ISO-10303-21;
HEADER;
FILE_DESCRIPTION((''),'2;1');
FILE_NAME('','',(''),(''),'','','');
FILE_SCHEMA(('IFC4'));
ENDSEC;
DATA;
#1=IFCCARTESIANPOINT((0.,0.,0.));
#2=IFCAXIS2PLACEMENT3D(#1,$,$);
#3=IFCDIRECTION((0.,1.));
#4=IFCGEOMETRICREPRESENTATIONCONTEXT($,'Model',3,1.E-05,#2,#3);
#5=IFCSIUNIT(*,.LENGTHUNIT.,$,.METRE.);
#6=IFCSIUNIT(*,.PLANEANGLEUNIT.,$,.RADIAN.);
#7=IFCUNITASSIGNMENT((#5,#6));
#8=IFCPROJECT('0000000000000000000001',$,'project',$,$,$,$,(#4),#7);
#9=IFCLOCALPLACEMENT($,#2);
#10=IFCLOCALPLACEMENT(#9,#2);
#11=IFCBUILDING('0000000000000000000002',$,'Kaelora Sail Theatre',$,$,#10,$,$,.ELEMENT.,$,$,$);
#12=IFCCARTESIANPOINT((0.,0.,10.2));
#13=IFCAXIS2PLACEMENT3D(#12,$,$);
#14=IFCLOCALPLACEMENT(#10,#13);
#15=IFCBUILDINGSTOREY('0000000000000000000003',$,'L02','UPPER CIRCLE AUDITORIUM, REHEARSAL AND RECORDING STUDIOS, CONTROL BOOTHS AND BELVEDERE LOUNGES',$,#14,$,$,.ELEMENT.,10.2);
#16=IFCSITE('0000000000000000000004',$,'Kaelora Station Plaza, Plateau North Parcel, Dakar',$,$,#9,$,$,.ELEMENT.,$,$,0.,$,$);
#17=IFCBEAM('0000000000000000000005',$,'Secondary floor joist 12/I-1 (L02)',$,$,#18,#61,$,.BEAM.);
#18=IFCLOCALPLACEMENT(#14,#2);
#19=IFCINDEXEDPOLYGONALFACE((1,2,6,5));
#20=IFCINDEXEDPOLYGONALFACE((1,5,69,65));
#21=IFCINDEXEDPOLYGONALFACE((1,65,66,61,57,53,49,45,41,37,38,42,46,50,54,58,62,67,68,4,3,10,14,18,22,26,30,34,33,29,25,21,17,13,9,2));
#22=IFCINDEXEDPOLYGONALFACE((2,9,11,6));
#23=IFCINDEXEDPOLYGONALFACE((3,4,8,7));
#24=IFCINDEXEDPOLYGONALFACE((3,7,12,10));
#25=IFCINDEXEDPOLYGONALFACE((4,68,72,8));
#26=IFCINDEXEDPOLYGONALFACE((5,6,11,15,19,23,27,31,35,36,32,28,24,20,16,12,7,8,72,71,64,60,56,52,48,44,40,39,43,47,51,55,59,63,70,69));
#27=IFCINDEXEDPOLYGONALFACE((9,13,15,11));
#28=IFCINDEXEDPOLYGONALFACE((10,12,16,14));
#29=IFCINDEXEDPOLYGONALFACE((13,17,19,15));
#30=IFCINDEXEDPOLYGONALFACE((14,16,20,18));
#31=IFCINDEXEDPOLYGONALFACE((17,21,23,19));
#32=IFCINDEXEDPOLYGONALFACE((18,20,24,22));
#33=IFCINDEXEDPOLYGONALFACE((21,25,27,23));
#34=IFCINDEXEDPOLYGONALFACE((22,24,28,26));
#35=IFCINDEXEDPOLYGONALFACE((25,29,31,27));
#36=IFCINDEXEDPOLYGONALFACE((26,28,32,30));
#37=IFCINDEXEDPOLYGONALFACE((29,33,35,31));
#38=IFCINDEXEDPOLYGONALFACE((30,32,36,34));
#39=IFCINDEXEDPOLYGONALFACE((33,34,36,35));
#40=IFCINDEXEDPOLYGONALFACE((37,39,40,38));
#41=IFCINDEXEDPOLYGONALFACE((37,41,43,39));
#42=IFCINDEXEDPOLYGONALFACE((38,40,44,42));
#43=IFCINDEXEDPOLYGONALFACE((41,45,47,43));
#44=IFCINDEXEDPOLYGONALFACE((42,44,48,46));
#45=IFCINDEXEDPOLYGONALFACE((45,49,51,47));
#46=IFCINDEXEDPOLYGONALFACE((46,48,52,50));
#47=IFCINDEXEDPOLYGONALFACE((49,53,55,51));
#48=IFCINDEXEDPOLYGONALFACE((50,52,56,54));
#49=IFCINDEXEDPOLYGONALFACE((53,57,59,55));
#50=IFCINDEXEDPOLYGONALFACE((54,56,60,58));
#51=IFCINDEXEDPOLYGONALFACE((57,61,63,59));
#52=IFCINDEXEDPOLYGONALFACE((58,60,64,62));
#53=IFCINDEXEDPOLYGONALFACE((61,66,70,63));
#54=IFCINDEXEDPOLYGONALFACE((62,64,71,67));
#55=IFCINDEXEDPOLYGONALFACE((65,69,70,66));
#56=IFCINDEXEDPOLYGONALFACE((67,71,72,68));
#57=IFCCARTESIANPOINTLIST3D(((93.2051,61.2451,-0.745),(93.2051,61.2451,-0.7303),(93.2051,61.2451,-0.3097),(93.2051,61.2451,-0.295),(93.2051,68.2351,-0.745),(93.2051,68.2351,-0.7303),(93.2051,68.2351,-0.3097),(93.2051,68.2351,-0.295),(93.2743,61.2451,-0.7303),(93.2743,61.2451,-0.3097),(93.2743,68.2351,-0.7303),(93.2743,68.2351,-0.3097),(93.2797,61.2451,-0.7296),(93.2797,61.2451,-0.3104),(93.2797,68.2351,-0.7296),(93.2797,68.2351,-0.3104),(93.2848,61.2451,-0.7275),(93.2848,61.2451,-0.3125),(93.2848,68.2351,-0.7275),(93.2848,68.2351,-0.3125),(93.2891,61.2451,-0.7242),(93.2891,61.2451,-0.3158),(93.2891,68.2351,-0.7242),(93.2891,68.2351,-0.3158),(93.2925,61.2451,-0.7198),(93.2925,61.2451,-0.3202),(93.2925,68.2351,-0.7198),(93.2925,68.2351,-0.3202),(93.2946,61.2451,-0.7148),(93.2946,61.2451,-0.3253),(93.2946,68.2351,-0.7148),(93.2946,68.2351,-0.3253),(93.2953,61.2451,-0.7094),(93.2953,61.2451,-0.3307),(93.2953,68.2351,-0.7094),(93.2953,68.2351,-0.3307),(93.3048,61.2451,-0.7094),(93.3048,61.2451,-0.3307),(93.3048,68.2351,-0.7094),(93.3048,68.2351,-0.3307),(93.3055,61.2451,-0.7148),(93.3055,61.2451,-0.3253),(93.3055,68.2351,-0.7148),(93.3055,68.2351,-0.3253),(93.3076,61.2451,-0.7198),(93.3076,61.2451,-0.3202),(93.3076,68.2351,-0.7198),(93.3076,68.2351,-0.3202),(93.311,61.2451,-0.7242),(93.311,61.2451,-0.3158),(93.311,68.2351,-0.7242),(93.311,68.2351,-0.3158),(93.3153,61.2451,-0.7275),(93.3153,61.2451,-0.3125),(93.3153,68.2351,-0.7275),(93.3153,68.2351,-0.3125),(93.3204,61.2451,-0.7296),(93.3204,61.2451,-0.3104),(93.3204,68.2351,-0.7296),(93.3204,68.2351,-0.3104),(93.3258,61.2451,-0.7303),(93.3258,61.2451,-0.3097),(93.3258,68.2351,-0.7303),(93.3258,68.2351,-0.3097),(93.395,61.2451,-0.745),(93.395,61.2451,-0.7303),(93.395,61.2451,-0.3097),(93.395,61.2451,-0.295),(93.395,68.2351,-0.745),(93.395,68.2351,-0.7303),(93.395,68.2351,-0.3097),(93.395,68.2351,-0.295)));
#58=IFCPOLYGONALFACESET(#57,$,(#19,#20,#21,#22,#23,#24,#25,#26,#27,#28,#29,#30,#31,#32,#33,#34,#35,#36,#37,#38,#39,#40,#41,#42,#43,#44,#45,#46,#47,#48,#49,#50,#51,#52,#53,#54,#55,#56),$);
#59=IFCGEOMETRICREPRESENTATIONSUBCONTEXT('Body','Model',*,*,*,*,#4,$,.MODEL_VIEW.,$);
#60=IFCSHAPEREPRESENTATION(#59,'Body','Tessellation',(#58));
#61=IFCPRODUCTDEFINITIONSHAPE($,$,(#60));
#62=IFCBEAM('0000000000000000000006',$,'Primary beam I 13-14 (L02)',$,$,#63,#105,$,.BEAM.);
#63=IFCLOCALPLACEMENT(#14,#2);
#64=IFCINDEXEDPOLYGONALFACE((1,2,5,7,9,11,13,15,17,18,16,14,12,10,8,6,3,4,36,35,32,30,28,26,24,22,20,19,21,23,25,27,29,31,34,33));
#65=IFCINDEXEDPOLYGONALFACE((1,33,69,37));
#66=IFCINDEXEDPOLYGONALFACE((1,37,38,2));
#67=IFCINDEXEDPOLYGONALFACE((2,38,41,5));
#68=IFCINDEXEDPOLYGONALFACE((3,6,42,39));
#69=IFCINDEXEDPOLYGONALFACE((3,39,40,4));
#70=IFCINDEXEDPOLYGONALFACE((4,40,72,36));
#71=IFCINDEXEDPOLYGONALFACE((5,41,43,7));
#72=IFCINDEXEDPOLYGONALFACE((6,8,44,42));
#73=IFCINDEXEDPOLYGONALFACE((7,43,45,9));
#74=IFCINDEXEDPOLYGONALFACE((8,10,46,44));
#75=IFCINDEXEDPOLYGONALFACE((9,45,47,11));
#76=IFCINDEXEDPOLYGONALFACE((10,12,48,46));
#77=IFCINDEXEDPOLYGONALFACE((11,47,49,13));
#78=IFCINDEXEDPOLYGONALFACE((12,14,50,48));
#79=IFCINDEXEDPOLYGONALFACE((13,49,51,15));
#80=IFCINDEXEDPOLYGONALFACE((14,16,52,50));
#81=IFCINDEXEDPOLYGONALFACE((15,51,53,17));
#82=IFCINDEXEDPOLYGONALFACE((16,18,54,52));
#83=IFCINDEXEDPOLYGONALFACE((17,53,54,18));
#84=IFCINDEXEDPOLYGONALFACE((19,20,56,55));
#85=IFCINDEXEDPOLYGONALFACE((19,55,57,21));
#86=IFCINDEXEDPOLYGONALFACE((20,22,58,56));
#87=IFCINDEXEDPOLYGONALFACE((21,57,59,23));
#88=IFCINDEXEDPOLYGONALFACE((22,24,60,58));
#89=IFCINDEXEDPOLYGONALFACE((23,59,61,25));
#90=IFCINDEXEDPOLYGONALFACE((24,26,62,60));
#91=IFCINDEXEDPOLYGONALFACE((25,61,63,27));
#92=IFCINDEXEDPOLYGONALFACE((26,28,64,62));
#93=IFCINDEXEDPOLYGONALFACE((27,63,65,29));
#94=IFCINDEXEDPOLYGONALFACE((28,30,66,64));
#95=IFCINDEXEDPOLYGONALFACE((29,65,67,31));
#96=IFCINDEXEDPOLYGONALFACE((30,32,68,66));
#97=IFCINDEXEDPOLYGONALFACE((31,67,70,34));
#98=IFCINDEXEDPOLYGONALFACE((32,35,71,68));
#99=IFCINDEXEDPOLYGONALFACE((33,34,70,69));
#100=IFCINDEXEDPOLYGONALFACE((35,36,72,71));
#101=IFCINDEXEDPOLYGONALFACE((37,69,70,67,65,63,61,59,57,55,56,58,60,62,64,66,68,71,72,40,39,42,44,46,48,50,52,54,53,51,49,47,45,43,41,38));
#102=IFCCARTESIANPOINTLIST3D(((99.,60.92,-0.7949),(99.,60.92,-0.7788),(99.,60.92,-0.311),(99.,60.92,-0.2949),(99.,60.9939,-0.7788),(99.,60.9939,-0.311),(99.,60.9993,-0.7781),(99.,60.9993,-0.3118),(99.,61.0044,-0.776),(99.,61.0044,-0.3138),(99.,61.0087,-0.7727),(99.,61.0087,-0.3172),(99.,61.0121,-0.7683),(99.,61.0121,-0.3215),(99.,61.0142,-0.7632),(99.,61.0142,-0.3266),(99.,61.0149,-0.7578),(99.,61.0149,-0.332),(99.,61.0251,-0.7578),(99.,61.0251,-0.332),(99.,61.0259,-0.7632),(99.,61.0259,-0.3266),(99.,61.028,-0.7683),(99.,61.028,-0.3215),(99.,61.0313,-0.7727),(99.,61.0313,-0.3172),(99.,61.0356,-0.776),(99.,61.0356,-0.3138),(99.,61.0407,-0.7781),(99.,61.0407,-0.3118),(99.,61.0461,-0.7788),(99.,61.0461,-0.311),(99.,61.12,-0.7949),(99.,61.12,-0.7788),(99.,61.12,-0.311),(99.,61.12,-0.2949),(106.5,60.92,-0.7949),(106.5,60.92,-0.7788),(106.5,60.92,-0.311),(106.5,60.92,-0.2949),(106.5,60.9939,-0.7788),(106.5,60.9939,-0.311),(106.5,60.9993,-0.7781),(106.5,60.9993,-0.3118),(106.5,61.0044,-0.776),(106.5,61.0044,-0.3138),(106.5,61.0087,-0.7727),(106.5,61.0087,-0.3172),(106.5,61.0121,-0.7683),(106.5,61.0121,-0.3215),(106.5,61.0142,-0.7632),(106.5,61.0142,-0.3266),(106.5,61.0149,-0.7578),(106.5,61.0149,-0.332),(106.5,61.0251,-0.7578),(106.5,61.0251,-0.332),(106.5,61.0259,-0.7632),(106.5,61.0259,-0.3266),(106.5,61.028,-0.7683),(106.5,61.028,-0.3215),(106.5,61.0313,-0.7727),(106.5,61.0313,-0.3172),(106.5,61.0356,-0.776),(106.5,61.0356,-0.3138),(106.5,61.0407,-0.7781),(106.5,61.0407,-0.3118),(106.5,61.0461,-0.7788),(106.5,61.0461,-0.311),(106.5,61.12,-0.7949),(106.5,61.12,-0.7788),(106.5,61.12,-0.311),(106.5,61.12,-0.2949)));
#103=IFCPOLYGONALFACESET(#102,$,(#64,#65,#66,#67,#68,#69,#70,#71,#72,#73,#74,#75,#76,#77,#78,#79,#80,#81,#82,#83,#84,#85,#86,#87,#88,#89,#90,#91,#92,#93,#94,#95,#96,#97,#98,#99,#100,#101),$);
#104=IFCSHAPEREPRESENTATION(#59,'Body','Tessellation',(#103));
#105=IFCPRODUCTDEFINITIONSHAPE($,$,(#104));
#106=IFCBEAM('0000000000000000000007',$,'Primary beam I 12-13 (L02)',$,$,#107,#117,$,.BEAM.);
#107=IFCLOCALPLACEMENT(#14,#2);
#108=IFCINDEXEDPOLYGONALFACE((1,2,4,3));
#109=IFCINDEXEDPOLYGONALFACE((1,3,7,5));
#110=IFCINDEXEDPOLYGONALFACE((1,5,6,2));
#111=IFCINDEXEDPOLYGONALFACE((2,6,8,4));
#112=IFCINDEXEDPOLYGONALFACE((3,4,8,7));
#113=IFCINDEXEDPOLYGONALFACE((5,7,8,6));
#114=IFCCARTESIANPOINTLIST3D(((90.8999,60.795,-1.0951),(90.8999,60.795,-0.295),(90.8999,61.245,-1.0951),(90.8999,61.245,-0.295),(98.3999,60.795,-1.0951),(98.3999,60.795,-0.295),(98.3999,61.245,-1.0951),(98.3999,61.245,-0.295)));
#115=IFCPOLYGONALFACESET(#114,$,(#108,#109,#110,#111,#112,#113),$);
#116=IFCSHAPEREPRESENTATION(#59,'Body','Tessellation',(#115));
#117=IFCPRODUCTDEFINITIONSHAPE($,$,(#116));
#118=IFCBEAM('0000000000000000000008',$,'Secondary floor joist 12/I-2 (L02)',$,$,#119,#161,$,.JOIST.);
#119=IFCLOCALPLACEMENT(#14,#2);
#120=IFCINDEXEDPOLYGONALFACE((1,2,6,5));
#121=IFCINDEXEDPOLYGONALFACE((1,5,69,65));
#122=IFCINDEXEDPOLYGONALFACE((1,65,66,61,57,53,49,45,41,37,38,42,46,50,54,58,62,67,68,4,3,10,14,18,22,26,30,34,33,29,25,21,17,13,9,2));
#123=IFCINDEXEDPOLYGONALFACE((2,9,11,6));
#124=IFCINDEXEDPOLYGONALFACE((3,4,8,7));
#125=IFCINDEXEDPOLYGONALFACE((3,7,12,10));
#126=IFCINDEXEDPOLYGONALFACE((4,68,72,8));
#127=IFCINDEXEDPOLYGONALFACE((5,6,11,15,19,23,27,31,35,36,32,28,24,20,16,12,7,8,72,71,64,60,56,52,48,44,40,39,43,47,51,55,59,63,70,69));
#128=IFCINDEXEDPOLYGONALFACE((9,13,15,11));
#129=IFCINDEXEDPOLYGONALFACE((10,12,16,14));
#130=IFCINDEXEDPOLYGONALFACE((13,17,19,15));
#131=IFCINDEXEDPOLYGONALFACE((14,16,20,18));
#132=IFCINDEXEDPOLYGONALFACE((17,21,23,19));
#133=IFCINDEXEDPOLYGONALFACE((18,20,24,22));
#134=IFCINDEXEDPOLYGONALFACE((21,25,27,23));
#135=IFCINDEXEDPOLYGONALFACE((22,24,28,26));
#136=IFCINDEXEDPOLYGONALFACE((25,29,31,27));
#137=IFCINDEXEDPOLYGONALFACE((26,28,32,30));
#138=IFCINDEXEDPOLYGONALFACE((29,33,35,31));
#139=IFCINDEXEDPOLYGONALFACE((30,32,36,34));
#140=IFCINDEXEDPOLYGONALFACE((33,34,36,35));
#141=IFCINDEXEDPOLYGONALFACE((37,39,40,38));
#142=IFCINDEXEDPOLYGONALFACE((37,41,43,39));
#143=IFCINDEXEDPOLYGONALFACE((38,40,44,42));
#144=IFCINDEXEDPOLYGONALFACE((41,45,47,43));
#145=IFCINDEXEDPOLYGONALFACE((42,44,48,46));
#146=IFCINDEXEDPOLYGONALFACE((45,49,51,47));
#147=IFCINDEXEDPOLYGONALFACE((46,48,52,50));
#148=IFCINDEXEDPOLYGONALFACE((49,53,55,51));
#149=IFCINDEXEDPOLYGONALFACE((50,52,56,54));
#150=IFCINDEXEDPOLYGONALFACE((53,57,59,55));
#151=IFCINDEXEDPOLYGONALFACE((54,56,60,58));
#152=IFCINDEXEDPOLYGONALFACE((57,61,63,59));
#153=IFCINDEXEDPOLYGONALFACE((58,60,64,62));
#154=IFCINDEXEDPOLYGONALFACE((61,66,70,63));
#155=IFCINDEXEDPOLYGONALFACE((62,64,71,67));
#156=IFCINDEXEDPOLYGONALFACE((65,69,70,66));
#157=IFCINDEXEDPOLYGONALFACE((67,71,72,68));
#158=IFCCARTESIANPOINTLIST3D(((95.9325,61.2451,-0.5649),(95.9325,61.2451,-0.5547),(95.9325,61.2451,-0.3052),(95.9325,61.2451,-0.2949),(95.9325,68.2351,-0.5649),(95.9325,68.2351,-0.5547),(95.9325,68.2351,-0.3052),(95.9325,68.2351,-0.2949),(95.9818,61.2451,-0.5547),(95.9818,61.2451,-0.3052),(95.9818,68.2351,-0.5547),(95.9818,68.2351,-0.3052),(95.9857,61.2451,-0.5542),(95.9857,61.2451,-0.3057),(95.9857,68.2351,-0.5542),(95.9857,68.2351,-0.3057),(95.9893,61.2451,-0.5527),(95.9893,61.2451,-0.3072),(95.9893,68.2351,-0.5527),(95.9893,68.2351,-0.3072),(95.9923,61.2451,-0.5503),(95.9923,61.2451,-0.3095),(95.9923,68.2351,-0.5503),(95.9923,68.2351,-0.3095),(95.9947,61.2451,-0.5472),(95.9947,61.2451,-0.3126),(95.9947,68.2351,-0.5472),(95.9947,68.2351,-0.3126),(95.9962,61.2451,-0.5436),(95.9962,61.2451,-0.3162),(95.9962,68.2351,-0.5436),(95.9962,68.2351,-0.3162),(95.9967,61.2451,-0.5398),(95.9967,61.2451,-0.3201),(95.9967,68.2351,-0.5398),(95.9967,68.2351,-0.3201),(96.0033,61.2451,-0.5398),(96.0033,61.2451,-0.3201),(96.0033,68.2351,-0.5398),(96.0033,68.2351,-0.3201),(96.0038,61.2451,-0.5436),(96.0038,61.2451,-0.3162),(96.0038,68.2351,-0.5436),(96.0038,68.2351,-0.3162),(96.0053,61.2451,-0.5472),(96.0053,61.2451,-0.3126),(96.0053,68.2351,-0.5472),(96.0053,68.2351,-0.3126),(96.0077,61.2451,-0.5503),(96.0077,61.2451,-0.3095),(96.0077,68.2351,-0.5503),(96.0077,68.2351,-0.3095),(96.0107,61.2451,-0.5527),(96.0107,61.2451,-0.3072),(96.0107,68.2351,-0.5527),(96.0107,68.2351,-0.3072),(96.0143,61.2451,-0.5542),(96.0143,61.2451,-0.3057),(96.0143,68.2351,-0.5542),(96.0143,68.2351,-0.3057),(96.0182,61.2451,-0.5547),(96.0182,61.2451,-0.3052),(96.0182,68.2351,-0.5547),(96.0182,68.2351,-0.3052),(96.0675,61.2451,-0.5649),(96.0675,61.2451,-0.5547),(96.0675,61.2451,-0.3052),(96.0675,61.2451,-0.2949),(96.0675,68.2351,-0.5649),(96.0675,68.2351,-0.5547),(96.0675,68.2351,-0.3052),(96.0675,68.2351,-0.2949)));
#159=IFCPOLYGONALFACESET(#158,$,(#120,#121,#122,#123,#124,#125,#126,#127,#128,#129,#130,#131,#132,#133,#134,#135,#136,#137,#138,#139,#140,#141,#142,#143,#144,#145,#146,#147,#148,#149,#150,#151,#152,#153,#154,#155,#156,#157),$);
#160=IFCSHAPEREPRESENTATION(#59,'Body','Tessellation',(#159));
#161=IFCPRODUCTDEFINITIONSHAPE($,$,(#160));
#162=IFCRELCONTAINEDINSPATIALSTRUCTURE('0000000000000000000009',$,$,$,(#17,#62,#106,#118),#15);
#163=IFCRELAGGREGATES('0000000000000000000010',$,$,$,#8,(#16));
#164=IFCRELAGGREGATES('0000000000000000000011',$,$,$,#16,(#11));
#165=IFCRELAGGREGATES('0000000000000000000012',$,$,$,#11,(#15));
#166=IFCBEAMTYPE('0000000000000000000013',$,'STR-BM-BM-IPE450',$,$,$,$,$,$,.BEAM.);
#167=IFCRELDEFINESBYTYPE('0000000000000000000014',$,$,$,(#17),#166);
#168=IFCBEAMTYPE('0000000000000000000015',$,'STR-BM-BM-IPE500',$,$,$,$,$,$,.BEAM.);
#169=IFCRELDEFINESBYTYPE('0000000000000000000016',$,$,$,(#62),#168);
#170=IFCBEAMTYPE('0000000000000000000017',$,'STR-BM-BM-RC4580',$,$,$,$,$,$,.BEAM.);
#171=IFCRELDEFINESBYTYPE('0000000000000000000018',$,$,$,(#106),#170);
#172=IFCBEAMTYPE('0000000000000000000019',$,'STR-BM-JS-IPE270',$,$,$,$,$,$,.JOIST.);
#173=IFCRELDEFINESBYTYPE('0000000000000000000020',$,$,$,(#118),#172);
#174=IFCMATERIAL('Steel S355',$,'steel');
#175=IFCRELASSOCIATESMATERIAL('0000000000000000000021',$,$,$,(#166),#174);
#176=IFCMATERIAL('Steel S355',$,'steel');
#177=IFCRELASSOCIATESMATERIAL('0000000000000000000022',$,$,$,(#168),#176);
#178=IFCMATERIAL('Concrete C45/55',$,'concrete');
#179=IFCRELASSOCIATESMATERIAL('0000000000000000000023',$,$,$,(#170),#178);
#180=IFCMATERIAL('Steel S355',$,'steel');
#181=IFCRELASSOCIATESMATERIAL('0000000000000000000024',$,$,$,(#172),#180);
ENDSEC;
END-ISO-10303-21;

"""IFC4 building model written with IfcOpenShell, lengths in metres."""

from ifc_helpers import new_model, si_unit, direction, frame, origin, origin_2d, place, context, subcontext, project, spatial, rectangle, i_section, extrude, material, material_profile, profile_set, type_object, element, save


model = new_model("IFC4")

# Units and contexts
model_context = context("Model", 3, precision=1e-05, world=origin(), true_north=direction((0.0, 1.0)))
body_context = subcontext(model_context, "Body", "Model", "MODEL_VIEW")
ifc_project = project(units=[si_unit("LENGTHUNIT", "METRE"), si_unit("PLANEANGLEUNIT", "RADIAN")], contexts=[model_context])

# Site, building, storey
site_placement = place(None, origin())
site = spatial("IfcSite", under=ifc_project, at=site_placement, Name="Kaelora Station Plaza, Plateau North Parcel, Dakar", CompositionType="ELEMENT", RefElevation=0.0)
building_placement = place(site_placement, origin())
building = spatial("IfcBuilding", under=site, at=building_placement, Name="Kaelora Sail Theatre", CompositionType="ELEMENT")
storey_placement = place(building_placement, frame((0.0, 0.0, 10.2)))
storey = spatial("IfcBuildingStorey", under=building, at=storey_placement, Name="L02", Description="UPPER CIRCLE AUDITORIUM, REHEARSAL AND RECORDING STUDIOS, CONTROL BOOTHS AND BELVEDERE LOUNGES", CompositionType="ELEMENT", Elevation=10.2)

# Beams
ifc_material_1 = material(Name="Steel S355", Category="steel")
ifc_material_profile_1 = material_profile(ifc_material_1, i_section(OverallWidth=0.1899, OverallDepth=0.45, WebThickness=0.0095, FlangeThickness=0.0146, FilletRadius=0.021, at=origin_2d()), Name="IPE 450")
ifc_profile_set_1 = profile_set([ifc_material_profile_1], Name="Steel S355")
beam_type_1 = type_object("IfcBeamType", Name="STR-BM-BM-IPE450", PredefinedType="BEAM", material=ifc_profile_set_1)
beam_1_placement = place(storey_placement, frame((93.3, 61.2451, -0.52), z_axis=(0.0, 1.0, 0.0), x_axis=(-1.0, 0.0, 0.0)))
element("IfcBeam", 1, at=beam_1_placement, inside=storey, type_object=beam_type_1, Name="Secondary floor joist 12/I-1 (L02)", PredefinedType="BEAM", context=body_context, shape_type="SweptSolid", body=[
    extrude(i_section(OverallWidth=0.1899, OverallDepth=0.45, WebThickness=0.0095, FlangeThickness=0.0146, FilletRadius=0.021, at=origin_2d()), origin(), (0.0, 0.0, 1.0), 6.99),
])
ifc_material_2 = material(Name="Steel S355", Category="steel")
ifc_material_profile_2 = material_profile(ifc_material_2, i_section(OverallWidth=0.2, OverallDepth=0.5, WebThickness=0.0103, FlangeThickness=0.0161, FilletRadius=0.021, at=origin_2d()), Name="IPE 500")
ifc_profile_set_2 = profile_set([ifc_material_profile_2], Name="Steel S355")
beam_type_2 = type_object("IfcBeamType", Name="STR-BM-BM-IPE500", PredefinedType="BEAM", material=ifc_profile_set_2)
beam_2_placement = place(storey_placement, frame((99.0, 61.02, -0.5449), z_axis=(1.0, 0.0, 0.0), x_axis=(0.0, 1.0, 0.0)))
element("IfcBeam", 2, at=beam_2_placement, inside=storey, type_object=beam_type_2, Name="Primary beam I 13-14 (L02)", PredefinedType="BEAM", context=body_context, shape_type="SweptSolid", body=[
    extrude(i_section(OverallWidth=0.2, OverallDepth=0.5, WebThickness=0.0103, FlangeThickness=0.0161, FilletRadius=0.021, at=origin_2d()), origin(), (0.0, 0.0, 1.0), 7.5),
])
ifc_material_3 = material(Name="Concrete C45/55", Category="concrete")
ifc_material_profile_3 = material_profile(ifc_material_3, rectangle(XDim=0.45, YDim=0.8, at=origin_2d()), Name="RC-BM 450x800")
ifc_profile_set_3 = profile_set([ifc_material_profile_3], Name="Concrete C45/55")
beam_type_3 = type_object("IfcBeamType", Name="STR-BM-BM-RC4580", PredefinedType="BEAM", material=ifc_profile_set_3)
beam_3_placement = place(storey_placement, frame((90.8999, 61.02, -0.6951), z_axis=(1.0, 0.0, 0.0), x_axis=(0.0, 1.0, 0.0)))
element("IfcBeam", 3, at=beam_3_placement, inside=storey, type_object=beam_type_3, Name="Primary beam I 12-13 (L02)", PredefinedType="BEAM", context=body_context, shape_type="SweptSolid", body=[
    extrude(rectangle(XDim=0.45, YDim=0.8, at=origin_2d()), origin(), (0.0, 0.0, 1.0), 7.5),
])
ifc_material_4 = material(Name="Steel S355", Category="steel")
ifc_material_profile_4 = material_profile(ifc_material_4, i_section(OverallWidth=0.135, OverallDepth=0.27, WebThickness=0.0066, FlangeThickness=0.0103, FilletRadius=0.0149, at=origin_2d()), Name="IPE 270")
ifc_profile_set_4 = profile_set([ifc_material_profile_4], Name="Steel S355")
beam_type_4 = type_object("IfcBeamType", Name="STR-BM-JS-IPE270", PredefinedType="JOIST", material=ifc_profile_set_4)
beam_4_placement = place(storey_placement, frame((96.0, 61.2451, -0.4299), z_axis=(0.0, 1.0, 0.0), x_axis=(-1.0, 0.0, 0.0)))
element("IfcBeam", 4, at=beam_4_placement, inside=storey, type_object=beam_type_4, Name="Secondary floor joist 12/I-2 (L02)", PredefinedType="JOIST", context=body_context, shape_type="SweptSolid", body=[
    extrude(i_section(OverallWidth=0.135, OverallDepth=0.27, WebThickness=0.0066, FlangeThickness=0.0103, FilletRadius=0.0149, at=origin_2d()), origin(), (0.0, 0.0, 1.0), 6.99),
])

save(model, "model.ifc")
